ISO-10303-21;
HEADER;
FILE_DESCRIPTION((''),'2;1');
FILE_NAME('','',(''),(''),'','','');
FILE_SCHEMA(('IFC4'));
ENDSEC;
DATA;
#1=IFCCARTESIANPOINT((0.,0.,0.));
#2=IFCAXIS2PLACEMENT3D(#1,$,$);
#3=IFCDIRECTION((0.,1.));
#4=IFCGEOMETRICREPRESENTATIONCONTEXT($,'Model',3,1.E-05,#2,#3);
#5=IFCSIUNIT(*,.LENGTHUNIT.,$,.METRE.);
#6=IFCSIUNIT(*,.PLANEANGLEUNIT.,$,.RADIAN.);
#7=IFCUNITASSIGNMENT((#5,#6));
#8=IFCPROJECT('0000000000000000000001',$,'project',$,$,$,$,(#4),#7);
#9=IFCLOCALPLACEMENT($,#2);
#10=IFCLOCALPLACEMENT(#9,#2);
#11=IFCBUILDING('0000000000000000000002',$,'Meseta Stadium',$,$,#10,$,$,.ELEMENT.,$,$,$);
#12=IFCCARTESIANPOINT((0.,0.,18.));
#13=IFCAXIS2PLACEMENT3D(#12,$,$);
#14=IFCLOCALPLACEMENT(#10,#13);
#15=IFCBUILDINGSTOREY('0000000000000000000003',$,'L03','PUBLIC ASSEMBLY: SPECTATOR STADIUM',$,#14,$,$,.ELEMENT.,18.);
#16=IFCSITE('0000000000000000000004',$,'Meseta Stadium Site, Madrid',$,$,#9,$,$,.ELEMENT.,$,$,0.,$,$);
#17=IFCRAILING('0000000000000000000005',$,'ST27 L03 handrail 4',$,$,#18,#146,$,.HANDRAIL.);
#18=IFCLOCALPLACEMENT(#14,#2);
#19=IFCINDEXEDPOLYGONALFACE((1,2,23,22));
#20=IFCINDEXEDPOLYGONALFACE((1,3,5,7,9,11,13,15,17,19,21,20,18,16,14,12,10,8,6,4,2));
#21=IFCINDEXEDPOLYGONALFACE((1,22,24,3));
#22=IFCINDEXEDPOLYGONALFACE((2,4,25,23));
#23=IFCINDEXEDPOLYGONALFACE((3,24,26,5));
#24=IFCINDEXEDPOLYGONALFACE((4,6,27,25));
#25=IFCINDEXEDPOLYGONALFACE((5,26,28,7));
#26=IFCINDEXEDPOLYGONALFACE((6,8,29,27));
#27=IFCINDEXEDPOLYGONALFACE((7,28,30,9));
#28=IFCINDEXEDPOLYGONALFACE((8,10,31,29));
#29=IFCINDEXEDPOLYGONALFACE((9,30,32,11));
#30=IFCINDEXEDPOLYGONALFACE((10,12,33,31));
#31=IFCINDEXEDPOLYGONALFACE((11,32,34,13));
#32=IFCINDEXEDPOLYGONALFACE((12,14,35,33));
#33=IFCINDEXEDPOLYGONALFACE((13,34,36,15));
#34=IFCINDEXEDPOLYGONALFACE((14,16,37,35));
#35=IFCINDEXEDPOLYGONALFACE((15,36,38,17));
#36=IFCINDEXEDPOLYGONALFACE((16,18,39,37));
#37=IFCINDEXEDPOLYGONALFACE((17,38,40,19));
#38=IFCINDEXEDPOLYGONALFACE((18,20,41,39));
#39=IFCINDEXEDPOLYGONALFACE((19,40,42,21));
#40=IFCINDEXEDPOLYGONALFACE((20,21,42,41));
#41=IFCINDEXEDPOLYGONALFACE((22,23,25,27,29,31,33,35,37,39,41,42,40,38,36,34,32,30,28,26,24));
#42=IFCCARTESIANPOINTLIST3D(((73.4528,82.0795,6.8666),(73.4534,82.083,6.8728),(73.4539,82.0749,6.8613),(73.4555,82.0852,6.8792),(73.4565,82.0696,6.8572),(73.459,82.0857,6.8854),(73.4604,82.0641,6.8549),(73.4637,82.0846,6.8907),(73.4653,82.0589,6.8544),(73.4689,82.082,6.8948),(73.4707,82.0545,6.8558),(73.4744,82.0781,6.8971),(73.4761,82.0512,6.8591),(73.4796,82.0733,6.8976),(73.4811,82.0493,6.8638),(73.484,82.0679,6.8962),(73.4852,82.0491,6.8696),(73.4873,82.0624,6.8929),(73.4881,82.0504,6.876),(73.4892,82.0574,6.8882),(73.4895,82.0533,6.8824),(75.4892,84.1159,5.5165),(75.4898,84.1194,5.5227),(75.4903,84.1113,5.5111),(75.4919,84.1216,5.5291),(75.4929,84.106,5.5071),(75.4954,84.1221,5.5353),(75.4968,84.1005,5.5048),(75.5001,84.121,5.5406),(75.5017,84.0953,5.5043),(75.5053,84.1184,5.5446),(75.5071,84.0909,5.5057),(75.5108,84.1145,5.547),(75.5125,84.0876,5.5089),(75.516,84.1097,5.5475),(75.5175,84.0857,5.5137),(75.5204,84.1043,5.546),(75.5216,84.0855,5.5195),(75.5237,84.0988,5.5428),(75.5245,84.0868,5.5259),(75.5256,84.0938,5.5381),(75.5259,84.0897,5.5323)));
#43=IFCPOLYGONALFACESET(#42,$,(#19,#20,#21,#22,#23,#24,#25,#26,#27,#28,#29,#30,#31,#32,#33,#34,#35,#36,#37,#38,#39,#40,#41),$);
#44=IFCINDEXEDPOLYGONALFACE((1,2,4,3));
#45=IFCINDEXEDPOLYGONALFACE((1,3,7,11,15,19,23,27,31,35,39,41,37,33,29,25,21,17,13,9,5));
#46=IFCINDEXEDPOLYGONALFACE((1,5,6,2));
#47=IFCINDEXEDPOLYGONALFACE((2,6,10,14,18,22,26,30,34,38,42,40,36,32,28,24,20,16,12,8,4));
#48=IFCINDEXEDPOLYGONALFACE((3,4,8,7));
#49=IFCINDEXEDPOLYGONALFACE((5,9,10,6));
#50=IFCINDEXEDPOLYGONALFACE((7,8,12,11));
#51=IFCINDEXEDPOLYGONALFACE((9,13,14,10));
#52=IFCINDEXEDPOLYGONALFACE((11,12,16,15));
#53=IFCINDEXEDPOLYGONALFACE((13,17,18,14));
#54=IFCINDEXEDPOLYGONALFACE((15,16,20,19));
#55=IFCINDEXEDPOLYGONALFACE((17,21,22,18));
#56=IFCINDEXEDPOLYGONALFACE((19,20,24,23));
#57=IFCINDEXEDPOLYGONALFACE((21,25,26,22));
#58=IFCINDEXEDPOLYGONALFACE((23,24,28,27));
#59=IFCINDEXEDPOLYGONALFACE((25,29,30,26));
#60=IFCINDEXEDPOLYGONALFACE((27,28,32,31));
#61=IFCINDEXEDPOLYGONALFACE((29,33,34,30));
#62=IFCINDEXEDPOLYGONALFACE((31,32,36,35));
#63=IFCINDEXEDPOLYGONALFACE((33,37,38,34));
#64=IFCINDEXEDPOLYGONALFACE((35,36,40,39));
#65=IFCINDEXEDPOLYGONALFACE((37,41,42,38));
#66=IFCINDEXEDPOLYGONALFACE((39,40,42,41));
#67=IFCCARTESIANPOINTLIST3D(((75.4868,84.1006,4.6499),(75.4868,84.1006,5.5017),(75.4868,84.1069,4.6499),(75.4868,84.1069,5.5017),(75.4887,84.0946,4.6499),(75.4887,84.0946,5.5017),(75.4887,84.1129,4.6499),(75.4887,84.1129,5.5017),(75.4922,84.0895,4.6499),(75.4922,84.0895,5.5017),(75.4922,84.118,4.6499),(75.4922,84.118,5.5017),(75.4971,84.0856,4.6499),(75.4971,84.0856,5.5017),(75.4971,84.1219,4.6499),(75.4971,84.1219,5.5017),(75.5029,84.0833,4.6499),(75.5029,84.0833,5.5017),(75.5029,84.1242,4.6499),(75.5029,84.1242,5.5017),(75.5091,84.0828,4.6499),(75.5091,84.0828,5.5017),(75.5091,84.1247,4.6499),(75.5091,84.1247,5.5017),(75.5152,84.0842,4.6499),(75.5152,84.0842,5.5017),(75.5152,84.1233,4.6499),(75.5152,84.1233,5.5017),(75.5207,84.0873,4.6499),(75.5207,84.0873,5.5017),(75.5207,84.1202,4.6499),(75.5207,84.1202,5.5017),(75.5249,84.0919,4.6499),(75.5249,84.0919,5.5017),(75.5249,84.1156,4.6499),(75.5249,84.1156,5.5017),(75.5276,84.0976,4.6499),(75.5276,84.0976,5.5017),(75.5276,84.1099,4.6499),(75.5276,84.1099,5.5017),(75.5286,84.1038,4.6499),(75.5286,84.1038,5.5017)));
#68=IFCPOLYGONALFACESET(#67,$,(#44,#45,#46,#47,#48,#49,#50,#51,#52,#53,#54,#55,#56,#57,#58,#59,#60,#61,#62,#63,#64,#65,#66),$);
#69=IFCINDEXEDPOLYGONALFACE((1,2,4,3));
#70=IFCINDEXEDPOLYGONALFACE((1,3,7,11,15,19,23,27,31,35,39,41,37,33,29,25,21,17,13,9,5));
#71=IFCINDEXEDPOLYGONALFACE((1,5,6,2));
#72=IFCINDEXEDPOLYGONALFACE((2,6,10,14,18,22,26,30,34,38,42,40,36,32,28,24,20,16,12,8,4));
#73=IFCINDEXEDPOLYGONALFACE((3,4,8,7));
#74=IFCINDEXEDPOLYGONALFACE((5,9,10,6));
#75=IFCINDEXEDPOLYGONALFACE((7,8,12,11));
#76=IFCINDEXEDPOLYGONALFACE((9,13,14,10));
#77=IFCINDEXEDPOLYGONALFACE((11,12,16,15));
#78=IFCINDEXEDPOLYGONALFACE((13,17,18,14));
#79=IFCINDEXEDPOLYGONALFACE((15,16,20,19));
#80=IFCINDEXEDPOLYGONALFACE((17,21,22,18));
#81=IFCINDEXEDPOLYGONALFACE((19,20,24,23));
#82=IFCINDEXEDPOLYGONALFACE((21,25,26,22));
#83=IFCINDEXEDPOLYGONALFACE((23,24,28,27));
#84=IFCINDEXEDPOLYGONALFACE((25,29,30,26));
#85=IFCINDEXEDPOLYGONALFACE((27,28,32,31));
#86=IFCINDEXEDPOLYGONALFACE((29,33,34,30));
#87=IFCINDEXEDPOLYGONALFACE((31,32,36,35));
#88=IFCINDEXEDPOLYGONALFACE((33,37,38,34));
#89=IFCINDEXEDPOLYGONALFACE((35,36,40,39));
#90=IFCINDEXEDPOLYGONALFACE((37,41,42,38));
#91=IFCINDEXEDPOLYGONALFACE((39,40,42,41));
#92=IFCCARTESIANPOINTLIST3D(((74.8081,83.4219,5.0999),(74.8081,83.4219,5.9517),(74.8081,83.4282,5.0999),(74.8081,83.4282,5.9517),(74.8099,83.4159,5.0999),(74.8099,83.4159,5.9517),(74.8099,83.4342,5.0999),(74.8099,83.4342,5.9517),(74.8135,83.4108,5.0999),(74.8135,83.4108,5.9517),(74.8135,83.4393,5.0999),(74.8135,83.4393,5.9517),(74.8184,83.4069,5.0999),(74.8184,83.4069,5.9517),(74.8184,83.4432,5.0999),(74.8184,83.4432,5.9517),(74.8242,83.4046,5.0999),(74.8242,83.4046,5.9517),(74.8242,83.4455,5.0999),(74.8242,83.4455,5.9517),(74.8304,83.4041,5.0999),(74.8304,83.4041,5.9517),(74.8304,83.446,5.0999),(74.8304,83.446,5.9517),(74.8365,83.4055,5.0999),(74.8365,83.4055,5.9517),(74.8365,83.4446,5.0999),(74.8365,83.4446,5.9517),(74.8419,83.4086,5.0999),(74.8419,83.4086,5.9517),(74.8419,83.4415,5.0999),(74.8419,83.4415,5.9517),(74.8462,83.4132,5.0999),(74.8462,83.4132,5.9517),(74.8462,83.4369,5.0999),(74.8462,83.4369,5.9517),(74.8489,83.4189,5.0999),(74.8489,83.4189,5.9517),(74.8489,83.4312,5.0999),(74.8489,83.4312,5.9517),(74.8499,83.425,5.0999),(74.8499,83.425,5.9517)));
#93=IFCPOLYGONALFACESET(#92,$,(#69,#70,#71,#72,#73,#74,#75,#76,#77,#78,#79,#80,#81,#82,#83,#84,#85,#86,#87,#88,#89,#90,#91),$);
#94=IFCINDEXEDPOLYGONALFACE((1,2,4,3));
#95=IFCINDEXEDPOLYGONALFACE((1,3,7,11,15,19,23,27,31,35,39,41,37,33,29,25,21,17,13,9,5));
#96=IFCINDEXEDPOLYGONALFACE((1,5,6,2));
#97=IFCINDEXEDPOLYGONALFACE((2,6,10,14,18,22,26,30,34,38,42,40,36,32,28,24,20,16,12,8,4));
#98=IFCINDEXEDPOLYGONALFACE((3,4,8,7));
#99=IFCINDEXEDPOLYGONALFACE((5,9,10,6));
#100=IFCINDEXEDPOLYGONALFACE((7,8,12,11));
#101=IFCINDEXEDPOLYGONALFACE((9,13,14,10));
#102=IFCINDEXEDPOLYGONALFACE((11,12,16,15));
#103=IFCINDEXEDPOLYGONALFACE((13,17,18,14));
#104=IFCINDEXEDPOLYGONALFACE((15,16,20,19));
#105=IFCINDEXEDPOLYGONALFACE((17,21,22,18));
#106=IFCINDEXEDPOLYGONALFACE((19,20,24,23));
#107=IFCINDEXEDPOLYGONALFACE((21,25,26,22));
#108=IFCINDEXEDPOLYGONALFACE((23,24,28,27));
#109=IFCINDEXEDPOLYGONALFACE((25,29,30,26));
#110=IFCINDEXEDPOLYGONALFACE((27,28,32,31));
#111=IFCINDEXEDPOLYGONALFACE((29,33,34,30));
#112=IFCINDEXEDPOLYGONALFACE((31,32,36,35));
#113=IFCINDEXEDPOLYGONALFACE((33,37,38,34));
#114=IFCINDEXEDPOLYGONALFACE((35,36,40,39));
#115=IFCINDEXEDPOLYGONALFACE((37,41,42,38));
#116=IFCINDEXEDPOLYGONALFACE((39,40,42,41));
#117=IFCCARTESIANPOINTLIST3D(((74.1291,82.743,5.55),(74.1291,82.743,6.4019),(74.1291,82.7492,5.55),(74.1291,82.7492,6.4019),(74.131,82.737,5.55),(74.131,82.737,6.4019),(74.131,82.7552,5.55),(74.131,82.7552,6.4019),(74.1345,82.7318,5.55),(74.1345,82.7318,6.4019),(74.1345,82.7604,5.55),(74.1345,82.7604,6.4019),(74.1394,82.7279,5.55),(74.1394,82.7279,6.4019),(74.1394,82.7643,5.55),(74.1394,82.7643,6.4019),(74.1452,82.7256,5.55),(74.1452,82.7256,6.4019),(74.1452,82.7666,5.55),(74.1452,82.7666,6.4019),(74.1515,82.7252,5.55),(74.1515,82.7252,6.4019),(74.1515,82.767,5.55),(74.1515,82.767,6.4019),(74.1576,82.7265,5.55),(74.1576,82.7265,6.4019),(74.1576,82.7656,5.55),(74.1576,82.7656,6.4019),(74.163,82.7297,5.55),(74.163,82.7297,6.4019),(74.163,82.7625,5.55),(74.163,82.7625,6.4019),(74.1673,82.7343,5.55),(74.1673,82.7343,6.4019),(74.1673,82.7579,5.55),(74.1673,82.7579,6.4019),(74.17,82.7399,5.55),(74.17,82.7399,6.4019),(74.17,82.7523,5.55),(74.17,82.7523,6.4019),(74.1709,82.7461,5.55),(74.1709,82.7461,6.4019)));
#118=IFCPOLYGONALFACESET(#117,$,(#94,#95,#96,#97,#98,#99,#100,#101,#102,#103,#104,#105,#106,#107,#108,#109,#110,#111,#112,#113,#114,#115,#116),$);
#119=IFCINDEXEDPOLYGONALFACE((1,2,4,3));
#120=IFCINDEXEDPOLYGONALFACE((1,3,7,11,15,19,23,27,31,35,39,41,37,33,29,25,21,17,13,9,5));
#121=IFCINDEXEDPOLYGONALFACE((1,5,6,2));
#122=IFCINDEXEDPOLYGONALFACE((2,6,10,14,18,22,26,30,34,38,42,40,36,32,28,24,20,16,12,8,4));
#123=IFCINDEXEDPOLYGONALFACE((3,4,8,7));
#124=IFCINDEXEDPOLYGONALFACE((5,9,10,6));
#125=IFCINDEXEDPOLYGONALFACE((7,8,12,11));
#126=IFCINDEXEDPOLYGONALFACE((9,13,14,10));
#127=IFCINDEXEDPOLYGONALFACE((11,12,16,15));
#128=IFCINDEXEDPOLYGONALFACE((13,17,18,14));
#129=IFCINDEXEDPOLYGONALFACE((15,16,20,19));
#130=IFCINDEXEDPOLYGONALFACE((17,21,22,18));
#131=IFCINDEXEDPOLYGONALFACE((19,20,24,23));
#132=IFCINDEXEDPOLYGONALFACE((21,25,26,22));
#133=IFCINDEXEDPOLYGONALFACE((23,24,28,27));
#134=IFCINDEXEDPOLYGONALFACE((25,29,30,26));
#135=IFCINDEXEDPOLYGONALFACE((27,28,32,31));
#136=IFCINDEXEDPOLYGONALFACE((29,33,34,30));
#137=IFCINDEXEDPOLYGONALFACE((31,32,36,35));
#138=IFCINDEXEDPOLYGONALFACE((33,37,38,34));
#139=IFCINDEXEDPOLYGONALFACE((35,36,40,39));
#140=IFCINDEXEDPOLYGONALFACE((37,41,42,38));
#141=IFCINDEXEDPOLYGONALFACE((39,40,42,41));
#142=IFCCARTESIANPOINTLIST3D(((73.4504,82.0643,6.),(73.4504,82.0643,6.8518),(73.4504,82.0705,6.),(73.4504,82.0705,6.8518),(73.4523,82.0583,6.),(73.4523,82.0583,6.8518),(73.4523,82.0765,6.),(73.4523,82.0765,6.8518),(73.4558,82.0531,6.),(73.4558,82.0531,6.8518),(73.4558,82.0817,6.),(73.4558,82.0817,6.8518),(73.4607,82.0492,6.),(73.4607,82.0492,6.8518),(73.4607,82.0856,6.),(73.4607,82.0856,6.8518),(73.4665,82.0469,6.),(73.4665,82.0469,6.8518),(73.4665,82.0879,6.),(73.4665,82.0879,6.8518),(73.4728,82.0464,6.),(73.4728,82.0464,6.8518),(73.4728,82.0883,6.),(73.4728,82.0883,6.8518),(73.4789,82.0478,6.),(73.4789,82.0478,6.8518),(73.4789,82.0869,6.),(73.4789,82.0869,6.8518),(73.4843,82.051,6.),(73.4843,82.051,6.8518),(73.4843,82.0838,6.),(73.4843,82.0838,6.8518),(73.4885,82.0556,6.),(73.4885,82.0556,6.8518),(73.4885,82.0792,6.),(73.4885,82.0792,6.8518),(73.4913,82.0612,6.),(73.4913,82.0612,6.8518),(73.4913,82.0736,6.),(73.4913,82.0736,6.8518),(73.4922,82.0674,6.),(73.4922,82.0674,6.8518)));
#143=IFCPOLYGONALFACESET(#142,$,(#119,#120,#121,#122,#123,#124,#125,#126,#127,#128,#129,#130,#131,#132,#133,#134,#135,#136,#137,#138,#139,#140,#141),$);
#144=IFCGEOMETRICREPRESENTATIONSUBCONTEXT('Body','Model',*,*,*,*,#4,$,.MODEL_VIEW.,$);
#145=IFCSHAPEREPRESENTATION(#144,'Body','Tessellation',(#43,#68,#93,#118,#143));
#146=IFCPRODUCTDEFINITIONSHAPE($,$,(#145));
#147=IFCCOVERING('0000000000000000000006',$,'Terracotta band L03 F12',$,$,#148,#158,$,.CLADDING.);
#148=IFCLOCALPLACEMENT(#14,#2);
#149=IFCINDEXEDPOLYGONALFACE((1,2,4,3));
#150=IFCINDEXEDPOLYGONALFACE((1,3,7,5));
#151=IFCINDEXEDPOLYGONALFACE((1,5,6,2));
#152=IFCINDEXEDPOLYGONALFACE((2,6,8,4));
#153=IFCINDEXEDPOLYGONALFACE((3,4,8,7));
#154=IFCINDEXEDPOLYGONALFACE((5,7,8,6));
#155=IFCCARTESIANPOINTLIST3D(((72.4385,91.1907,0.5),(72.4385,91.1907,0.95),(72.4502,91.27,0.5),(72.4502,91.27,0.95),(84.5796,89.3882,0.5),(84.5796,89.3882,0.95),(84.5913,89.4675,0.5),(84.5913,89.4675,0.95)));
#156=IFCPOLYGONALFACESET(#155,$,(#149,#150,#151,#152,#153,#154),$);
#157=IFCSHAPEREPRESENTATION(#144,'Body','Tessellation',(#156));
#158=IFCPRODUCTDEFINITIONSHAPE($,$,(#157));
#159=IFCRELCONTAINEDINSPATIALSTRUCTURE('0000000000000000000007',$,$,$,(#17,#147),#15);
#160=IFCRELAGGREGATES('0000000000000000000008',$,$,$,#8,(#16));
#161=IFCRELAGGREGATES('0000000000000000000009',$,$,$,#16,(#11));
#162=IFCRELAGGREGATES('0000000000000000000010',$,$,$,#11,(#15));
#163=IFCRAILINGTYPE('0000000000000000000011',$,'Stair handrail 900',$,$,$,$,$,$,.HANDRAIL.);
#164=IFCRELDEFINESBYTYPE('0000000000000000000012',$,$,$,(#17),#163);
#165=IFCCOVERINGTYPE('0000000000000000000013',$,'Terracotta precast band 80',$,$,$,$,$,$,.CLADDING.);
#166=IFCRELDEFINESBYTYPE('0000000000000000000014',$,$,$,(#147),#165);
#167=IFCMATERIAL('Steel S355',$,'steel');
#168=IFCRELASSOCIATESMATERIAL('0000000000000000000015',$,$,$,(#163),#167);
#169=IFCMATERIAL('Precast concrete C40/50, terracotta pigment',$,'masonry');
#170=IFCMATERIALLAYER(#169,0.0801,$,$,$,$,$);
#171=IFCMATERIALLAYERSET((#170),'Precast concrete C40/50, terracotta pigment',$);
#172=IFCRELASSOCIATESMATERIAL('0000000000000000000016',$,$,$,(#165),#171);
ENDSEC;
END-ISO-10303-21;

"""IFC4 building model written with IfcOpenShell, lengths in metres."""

from ifc_helpers import new_model, si_unit, direction, frame, origin, origin_2d, place, context, subcontext, project, spatial, rectangle, circle, extrude, material, layer, layer_set, type_object, element, save


model = new_model("IFC4")

# Units and contexts
model_context = context("Model", 3, precision=1e-05, world=origin(), true_north=direction((0.0, 1.0)))
body_context = subcontext(model_context, "Body", "Model", "MODEL_VIEW")
ifc_project = project(units=[si_unit("LENGTHUNIT", "METRE"), si_unit("PLANEANGLEUNIT", "RADIAN")], contexts=[model_context])

# Site, building, storey
site_placement = place(None, origin())
site = spatial("IfcSite", under=ifc_project, at=site_placement, Name="Meseta Stadium Site, Madrid", CompositionType="ELEMENT", RefElevation=0.0)
building_placement = place(site_placement, origin())
building = spatial("IfcBuilding", under=site, at=building_placement, Name="Meseta Stadium", CompositionType="ELEMENT")
storey_placement = place(building_placement, frame((0.0, 0.0, 18.0)))
storey = spatial("IfcBuildingStorey", under=building, at=storey_placement, Name="L03", Description="PUBLIC ASSEMBLY: SPECTATOR STADIUM", CompositionType="ELEMENT", Elevation=18.0)

# Railing
ifc_material_1 = material(Name="Steel S355", Category="steel")
railing_type_1 = type_object("IfcRailingType", Name="Stair handrail 900", PredefinedType="HANDRAIL", material=ifc_material_1)
for number, where, name in (
    (1, (75.5076, 84.1038, 4.6499), "ST27 L03 handrail 4"),
):
    element("IfcRailing", number, at=place(storey_placement, frame(where)), inside=storey, type_object=railing_type_1, Name=name, PredefinedType="HANDRAIL", context=body_context, shape_type="SweptSolid", body=[
        extrude(circle(Radius=0.0239, at=origin_2d()), frame((0.0, 0.0, 0.876), z_axis=(-0.640243, -0.640243, 0.424475), x_axis=(0.707107, -0.707107, 0.0)), (0.0, 0.0, 1.0), 3.1807),
        extrude(circle(Radius=0.021, at=origin_2d()), origin(), (0.0, 0.0, 1.0), 0.8518),
        extrude(circle(Radius=0.021, at=origin_2d()), frame((-0.6787, -0.6787, 0.45)), (0.0, 0.0, 1.0), 0.8518),
        extrude(circle(Radius=0.021, at=origin_2d()), frame((-1.3577, -1.3577, 0.9001)), (0.0, 0.0, 1.0), 0.8518),
        extrude(circle(Radius=0.021, at=origin_2d()), frame((-2.0364, -2.0364, 1.3501)), (0.0, 0.0, 1.0), 0.8518),
    ])

# Covering
ifc_material_2 = material(Name="Precast concrete C40/50, terracotta pigment", Category="masonry")
ifc_layer_1 = layer(ifc_material_2, 0.0801)
ifc_layer_set_1 = layer_set([ifc_layer_1], Name="Precast concrete C40/50, terracotta pigment")
covering_type_1 = type_object("IfcCoveringType", Name="Terracotta precast band 80", PredefinedType="CLADDING", material=ifc_layer_set_1)
covering_1_placement = place(storey_placement, frame((78.5149, 90.3291, 0.5), z_axis=(0.0, 0.0, 1.0), x_axis=(0.989158, -0.146853, 0.0)))
element("IfcCovering", 2, at=covering_1_placement, inside=storey, type_object=covering_type_1, Name="Terracotta band L03 F12", PredefinedType="CLADDING", context=body_context, shape_type="SweptSolid", body=[
    extrude(rectangle(XDim=12.2742, YDim=0.0801, at=origin_2d()), origin(), (0.0, 0.0, 1.0), 0.45),
])

save(model, "model.ifc")
